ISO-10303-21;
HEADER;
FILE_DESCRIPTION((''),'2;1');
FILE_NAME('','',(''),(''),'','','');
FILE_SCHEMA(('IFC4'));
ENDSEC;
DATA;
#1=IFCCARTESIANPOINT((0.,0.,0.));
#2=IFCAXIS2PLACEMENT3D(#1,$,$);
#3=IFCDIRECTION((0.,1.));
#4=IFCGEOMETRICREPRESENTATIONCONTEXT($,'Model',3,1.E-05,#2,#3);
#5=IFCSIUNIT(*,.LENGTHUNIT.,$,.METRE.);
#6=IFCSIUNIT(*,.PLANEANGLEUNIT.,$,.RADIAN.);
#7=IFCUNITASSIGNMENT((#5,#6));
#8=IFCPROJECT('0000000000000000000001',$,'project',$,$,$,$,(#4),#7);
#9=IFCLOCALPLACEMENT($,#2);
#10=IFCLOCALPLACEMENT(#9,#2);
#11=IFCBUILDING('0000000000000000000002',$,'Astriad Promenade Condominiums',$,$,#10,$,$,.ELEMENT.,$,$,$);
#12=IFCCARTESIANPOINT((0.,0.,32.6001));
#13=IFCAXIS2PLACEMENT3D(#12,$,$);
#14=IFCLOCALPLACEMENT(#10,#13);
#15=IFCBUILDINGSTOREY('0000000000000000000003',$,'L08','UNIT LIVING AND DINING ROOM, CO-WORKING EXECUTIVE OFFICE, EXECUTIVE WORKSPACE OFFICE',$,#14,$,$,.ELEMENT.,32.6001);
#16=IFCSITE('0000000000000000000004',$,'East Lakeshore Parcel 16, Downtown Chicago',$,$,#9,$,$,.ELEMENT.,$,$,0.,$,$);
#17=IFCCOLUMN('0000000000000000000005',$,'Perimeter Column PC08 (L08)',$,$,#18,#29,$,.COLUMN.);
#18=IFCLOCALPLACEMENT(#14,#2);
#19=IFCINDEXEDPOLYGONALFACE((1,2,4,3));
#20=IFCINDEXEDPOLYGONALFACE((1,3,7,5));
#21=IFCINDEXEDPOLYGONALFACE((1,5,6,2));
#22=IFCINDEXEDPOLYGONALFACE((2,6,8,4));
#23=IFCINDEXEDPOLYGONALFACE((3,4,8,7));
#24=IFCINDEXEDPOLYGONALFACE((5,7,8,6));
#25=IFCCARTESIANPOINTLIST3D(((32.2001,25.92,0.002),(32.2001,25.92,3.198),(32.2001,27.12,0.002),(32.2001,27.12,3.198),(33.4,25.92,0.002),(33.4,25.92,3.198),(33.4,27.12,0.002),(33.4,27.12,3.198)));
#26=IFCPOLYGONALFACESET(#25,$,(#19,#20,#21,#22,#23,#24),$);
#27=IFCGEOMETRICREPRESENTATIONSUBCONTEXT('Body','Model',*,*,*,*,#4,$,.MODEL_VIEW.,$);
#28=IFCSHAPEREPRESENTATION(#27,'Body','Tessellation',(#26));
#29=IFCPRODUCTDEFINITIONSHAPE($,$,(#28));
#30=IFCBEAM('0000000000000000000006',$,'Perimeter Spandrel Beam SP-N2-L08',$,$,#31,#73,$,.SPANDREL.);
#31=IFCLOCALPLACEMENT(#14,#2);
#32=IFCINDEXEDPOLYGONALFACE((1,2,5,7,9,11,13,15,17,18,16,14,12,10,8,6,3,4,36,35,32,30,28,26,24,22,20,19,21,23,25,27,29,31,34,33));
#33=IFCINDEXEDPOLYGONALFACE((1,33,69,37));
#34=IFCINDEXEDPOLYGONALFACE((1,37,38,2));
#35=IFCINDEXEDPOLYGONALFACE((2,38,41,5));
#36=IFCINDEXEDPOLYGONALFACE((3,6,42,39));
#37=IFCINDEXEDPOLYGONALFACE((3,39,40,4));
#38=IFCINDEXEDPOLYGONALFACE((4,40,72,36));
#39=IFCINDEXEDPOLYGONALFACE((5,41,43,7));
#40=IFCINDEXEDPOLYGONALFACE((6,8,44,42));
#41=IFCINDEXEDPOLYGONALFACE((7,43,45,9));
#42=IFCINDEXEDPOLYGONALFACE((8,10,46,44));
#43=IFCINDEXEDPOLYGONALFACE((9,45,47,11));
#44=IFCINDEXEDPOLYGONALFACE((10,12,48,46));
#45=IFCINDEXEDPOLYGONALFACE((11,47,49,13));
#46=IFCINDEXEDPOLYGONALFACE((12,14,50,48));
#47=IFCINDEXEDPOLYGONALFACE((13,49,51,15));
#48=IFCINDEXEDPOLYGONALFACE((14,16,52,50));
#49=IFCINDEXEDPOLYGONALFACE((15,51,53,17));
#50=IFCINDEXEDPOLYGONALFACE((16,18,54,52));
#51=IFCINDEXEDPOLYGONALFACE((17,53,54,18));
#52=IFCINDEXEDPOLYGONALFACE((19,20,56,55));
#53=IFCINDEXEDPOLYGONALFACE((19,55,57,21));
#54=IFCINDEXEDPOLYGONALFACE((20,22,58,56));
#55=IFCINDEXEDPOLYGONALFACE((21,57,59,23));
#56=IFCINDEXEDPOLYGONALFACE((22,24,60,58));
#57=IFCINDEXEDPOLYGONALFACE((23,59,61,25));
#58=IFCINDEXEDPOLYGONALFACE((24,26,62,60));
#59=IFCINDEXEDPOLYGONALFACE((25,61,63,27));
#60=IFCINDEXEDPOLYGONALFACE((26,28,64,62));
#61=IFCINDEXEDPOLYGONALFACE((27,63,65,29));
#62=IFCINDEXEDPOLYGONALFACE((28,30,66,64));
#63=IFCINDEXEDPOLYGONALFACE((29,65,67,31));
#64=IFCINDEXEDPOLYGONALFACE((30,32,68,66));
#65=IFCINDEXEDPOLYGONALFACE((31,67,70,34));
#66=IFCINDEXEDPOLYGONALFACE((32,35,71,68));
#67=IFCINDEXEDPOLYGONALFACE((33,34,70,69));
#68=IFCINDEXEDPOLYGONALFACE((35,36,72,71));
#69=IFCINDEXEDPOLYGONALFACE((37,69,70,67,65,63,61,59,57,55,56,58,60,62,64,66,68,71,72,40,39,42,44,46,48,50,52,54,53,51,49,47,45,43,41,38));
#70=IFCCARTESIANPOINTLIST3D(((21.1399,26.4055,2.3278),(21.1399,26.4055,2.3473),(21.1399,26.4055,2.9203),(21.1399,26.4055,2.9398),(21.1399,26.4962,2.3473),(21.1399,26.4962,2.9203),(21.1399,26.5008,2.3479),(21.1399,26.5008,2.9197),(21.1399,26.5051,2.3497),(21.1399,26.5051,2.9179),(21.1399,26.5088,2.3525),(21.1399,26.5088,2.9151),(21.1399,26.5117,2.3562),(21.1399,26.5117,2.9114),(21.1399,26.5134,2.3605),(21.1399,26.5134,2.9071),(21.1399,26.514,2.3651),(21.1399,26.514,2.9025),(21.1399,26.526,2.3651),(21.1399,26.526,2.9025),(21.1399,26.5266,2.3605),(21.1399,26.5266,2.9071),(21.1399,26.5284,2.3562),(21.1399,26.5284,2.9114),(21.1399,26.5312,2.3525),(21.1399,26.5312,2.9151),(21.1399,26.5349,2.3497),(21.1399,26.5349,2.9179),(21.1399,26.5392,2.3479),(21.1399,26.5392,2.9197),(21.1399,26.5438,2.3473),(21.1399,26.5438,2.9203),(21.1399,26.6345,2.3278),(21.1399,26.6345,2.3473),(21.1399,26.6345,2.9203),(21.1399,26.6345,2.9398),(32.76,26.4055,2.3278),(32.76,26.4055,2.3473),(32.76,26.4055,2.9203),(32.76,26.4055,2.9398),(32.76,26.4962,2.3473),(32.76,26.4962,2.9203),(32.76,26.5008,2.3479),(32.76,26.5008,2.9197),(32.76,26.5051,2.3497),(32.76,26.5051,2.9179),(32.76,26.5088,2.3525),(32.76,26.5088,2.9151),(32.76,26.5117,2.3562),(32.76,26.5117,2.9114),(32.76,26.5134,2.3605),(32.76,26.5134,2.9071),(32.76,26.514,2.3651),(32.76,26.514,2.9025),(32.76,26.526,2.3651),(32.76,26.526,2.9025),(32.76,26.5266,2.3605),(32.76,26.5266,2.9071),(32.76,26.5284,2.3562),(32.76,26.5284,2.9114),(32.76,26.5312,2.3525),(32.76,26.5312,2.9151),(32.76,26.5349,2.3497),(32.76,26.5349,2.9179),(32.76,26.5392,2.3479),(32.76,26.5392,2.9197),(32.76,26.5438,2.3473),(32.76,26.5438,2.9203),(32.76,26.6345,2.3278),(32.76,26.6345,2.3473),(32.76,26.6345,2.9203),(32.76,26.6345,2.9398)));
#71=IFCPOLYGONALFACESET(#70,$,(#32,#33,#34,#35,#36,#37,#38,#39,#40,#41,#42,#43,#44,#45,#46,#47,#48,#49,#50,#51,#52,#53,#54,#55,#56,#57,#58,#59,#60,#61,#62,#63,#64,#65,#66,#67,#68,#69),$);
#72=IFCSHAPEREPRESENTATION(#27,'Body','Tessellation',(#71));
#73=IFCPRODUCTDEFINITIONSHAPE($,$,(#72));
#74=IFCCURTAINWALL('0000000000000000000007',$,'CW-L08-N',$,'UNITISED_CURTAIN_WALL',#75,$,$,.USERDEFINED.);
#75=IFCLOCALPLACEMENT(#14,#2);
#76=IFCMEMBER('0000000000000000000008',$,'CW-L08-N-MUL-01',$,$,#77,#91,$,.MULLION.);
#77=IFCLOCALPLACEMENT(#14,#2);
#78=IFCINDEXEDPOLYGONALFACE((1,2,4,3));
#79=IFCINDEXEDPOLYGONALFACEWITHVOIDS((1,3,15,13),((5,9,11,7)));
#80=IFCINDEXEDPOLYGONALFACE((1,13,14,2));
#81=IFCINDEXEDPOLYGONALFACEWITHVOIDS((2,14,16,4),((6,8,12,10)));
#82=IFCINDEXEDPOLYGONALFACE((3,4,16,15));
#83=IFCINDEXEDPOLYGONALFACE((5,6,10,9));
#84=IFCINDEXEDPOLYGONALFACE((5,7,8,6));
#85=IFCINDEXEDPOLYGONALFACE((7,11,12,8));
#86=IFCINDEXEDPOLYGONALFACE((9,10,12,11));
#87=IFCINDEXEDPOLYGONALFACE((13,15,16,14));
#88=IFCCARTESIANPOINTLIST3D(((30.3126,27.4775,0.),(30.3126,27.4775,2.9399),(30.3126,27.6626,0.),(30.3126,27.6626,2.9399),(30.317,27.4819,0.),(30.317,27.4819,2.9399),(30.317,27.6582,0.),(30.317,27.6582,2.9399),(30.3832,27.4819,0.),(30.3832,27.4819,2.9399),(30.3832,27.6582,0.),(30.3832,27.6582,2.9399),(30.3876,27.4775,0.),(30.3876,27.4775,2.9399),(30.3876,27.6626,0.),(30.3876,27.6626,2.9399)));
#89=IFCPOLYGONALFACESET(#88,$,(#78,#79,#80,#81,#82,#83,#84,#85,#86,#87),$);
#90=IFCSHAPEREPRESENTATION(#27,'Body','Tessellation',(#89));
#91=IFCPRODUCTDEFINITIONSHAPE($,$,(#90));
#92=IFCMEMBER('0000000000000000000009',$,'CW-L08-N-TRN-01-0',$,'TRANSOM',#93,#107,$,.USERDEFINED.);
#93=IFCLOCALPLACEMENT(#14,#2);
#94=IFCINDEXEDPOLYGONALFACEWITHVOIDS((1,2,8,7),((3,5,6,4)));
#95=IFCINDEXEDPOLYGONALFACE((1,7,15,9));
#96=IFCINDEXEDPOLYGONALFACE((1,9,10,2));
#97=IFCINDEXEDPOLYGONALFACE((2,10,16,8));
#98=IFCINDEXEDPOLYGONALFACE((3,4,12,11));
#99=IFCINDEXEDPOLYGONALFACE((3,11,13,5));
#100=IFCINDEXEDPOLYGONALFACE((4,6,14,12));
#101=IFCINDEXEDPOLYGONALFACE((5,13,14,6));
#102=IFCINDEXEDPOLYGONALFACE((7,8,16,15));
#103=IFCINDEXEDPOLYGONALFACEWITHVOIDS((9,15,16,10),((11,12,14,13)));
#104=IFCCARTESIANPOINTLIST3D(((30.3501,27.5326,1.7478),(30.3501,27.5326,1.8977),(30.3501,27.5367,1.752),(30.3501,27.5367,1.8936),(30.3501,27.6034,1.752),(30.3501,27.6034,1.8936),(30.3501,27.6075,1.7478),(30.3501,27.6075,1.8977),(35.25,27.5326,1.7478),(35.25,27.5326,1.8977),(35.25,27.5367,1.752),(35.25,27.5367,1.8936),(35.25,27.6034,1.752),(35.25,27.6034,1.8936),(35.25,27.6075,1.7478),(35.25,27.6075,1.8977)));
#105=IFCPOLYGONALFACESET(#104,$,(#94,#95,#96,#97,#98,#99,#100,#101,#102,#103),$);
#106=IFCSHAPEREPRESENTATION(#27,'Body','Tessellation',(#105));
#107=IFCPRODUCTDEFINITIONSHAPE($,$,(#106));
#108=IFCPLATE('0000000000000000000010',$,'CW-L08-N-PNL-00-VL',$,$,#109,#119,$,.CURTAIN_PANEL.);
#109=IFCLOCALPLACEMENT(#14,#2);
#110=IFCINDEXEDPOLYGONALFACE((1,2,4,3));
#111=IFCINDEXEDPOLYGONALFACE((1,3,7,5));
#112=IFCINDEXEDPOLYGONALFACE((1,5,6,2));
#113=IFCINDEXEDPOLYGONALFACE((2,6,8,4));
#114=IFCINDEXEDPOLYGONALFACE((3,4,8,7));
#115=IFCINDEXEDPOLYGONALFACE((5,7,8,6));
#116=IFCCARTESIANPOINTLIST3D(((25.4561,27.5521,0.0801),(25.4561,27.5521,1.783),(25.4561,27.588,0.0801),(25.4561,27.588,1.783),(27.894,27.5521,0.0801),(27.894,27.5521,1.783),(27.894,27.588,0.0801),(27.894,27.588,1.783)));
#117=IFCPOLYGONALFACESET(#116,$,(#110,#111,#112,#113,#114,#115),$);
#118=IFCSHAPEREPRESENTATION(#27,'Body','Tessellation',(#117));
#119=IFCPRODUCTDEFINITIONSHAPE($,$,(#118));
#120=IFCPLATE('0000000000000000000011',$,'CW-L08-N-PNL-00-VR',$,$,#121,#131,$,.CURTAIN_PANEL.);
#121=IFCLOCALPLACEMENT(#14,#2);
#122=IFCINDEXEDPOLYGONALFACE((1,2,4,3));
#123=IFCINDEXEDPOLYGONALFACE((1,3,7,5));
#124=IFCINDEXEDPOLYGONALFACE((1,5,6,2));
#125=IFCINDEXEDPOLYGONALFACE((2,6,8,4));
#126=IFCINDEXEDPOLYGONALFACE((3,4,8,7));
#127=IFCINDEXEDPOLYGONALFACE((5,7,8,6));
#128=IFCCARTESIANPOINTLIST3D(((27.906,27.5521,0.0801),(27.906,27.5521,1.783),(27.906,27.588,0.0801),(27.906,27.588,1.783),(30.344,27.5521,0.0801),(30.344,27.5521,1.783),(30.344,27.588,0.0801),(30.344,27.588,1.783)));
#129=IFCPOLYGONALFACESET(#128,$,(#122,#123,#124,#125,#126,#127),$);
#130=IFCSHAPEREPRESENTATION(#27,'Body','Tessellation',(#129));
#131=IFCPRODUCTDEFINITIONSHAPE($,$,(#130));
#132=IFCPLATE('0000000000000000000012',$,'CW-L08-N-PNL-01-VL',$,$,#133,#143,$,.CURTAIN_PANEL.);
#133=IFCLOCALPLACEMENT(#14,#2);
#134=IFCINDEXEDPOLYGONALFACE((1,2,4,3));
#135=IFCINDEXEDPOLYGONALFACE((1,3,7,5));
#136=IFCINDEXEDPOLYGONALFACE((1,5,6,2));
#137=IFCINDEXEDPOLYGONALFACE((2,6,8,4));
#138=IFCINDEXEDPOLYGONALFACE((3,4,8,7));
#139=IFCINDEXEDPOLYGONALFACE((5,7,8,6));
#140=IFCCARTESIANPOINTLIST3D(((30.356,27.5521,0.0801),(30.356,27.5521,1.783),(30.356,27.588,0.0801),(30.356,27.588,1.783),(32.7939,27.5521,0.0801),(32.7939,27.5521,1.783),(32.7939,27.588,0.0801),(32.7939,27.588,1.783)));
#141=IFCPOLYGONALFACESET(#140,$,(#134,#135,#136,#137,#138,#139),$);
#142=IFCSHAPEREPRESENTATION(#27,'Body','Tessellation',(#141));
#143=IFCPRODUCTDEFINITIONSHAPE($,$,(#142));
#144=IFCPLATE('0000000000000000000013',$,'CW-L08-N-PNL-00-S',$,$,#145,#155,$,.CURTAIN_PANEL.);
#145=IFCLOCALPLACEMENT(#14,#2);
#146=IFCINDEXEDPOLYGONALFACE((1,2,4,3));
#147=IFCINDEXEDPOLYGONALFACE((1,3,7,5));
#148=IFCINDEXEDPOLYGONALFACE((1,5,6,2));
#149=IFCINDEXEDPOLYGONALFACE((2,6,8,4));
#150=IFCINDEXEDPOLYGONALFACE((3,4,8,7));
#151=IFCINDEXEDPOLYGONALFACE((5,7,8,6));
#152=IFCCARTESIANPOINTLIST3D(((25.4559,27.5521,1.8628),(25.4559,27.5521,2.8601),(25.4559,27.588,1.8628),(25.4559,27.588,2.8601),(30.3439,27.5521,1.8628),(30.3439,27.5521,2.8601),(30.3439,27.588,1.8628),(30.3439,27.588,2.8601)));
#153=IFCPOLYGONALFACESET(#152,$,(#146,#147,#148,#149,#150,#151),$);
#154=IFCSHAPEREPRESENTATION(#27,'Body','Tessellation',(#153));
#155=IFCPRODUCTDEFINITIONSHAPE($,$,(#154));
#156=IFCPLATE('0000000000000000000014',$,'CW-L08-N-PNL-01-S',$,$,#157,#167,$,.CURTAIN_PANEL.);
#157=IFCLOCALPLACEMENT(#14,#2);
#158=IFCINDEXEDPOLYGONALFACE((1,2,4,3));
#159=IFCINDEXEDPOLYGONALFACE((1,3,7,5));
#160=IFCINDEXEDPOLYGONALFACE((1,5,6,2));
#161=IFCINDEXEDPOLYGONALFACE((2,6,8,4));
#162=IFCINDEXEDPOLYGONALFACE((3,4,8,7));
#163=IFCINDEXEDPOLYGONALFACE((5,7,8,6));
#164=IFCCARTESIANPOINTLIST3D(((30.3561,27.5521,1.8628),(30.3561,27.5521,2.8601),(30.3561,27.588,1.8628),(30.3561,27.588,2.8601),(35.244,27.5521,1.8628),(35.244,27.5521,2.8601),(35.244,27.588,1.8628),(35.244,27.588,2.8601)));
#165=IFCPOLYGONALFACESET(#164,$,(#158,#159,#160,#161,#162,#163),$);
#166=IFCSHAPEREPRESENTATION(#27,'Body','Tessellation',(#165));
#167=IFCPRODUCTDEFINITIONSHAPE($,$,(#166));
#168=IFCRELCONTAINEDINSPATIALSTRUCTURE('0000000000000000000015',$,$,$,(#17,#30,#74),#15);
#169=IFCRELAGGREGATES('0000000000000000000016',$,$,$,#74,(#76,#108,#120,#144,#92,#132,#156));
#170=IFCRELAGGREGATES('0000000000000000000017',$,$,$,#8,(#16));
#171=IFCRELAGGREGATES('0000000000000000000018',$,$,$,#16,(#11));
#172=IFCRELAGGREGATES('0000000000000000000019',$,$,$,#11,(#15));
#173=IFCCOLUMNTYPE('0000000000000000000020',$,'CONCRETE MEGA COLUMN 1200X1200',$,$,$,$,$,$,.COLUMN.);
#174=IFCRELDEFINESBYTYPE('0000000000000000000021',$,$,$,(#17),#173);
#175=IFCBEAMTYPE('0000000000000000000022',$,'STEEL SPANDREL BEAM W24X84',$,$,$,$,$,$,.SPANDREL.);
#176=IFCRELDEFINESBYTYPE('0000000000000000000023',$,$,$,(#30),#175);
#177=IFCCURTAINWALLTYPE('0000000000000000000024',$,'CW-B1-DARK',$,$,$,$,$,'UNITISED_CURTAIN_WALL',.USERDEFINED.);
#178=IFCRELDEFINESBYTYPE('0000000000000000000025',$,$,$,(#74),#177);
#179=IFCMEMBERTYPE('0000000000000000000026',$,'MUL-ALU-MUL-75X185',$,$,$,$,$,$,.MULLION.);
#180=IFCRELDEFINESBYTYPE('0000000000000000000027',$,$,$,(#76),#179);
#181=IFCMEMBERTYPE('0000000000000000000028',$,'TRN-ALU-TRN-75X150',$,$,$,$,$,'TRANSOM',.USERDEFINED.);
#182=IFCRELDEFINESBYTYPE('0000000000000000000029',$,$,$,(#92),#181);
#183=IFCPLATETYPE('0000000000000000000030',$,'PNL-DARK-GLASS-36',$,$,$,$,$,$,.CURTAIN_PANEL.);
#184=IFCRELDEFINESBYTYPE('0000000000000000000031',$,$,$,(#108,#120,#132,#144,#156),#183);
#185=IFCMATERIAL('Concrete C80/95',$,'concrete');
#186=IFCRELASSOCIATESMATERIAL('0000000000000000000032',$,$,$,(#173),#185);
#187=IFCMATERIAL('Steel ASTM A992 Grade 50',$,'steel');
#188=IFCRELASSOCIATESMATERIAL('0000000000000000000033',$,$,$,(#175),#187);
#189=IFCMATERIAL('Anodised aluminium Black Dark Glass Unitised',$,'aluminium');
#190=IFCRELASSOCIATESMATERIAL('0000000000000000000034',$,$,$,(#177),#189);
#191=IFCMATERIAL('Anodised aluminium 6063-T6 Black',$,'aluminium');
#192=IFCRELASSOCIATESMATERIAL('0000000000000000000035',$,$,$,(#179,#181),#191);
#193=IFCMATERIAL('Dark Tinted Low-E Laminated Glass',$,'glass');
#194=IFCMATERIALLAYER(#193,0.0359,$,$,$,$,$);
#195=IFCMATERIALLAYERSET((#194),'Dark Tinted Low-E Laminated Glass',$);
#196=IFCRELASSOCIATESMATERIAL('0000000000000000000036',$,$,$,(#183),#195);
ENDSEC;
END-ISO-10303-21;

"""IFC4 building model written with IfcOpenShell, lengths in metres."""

from ifc_helpers import new_model, si_unit, direction, frame, origin, origin_2d, place, context, subcontext, project, spatial, rectangle, hollow_rectangle, i_section, extrude, source, transform, mapped, material, layer, layer_set, material_profile, profile_set, type_object, type_shapes, element, aggregate, save


model = new_model("IFC4")

# Units and contexts
model_context = context("Model", 3, precision=1e-05, world=origin(), true_north=direction((0.0, 1.0)))
body_context = subcontext(model_context, "Body", "Model", "MODEL_VIEW")
ifc_project = project(units=[si_unit("LENGTHUNIT", "METRE"), si_unit("PLANEANGLEUNIT", "RADIAN")], contexts=[model_context])

# Site, building, storey
site_placement = place(None, origin())
site = spatial("IfcSite", under=ifc_project, at=site_placement, Name="East Lakeshore Parcel 16, Downtown Chicago", CompositionType="ELEMENT", RefElevation=0.0)
building_placement = place(site_placement, origin())
building = spatial("IfcBuilding", under=site, at=building_placement, Name="Astriad Promenade Condominiums", CompositionType="ELEMENT")
storey_placement = place(building_placement, frame((0.0, 0.0, 32.6001)))
storey = spatial("IfcBuildingStorey", under=building, at=storey_placement, Name="L08", Description="UNIT LIVING AND DINING ROOM, CO-WORKING EXECUTIVE OFFICE, EXECUTIVE WORKSPACE OFFICE", CompositionType="ELEMENT", Elevation=32.6001)

# Column
ifc_material_1 = material(Name="Concrete C80/95", Category="concrete")
ifc_material_profile_1 = material_profile(ifc_material_1, rectangle(XDim=1.2, YDim=1.2, at=origin_2d()), Name="RC-COL-1200X1200")
ifc_profile_set_1 = profile_set([ifc_material_profile_1], Name="Concrete C80/95")
column_type = type_object("IfcColumnType", Name="CONCRETE MEGA COLUMN 1200X1200", PredefinedType="COLUMN", material=ifc_profile_set_1)
shared_shape_1 = source(origin(), body_context, "Body", "SweptSolid", [
    extrude(rectangle(XDim=1.2, YDim=1.2, at=origin_2d()), origin(), (0.0, 0.0, 1.0), 3.196),
])
type_shapes(column_type, [shared_shape_1])
column_placement = place(storey_placement, frame((32.8, 26.52, 0.002), z_axis=(0.0, 0.0, 1.0), x_axis=(1.0, 0.0, 0.0)))
element("IfcColumn", 1, at=column_placement, inside=storey, type_object=column_type, Name="Perimeter Column PC08 (L08)", PredefinedType="COLUMN", context=body_context, shape_type="MappedRepresentation", body=[
    mapped(shared_shape_1, transform((0.0, 0.0, 0.0), scale=1.0)),
])

# Beam
ifc_material_2 = material(Name="Steel ASTM A992 Grade 50", Category="steel")
ifc_material_profile_2 = material_profile(ifc_material_2, i_section(OverallWidth=0.229, OverallDepth=0.6121, WebThickness=0.012, FlangeThickness=0.0195, FilletRadius=0.0178, at=origin_2d()), Name="W24X84")
ifc_profile_set_2 = profile_set([ifc_material_profile_2], Name="Steel ASTM A992 Grade 50")
beam_type = type_object("IfcBeamType", Name="STEEL SPANDREL BEAM W24X84", PredefinedType="SPANDREL", material=ifc_profile_set_2)
shared_shape_2 = source(origin(), body_context, "Body", "SweptSolid", [
    extrude(i_section(OverallWidth=0.229, OverallDepth=0.6121, WebThickness=0.012, FlangeThickness=0.0195, FilletRadius=0.0178, at=origin_2d()), origin(), (0.0, 0.0, 1.0), 11.6201),
])
type_shapes(beam_type, [shared_shape_2])
beam_placement = place(storey_placement, frame((32.76, 26.52, 2.6338), z_axis=(-1.0, 0.0, 0.0), x_axis=(0.0, -1.0, 0.0)))
element("IfcBeam", 2, at=beam_placement, inside=storey, type_object=beam_type, Name="Perimeter Spandrel Beam SP-N2-L08", PredefinedType="SPANDREL", context=body_context, shape_type="MappedRepresentation", body=[
    mapped(shared_shape_2, transform((0.0, 0.0, 0.0), scale=1.0)),
])

# Curtain wall, members, plates
ifc_material_3 = material(Name="Anodised aluminium Black Dark Glass Unitised", Category="aluminium")
curtain_wall_type = type_object("IfcCurtainWallType", Name="CW-B1-DARK", ElementType="UNITISED_CURTAIN_WALL", PredefinedType="USERDEFINED", material=ifc_material_3)
curtain_wall_placement = place(storey_placement, origin())
curtain_wall = element("IfcCurtainWall", 3, at=curtain_wall_placement, inside=storey, type_object=curtain_wall_type, Name="CW-L08-N", ObjectType="UNITISED_CURTAIN_WALL", PredefinedType="USERDEFINED")
ifc_material_4 = material(Name="Anodised aluminium 6063-T6 Black", Category="aluminium")
ifc_material_profile_3 = material_profile(ifc_material_4, hollow_rectangle(XDim=0.075, YDim=0.1851, WallThickness=0.0044, at=origin_2d()), Name="ALU-MUL-75X185")
ifc_profile_set_3 = profile_set([ifc_material_profile_3], Name="Anodised aluminium 6063-T6 Black")
member_type_1 = type_object("IfcMemberType", Name="MUL-ALU-MUL-75X185", PredefinedType="MULLION", material=ifc_profile_set_3)
shared_shape_3 = source(origin(), body_context, "Body", "SweptSolid", [
    extrude(hollow_rectangle(XDim=0.075, YDim=0.1851, WallThickness=0.0044, at=origin_2d()), origin(), (0.0, 0.0, 1.0), 2.9399),
])
type_shapes(member_type_1, [shared_shape_3])
member_1_placement = place(storey_placement, frame((30.3501, 27.5701, 0.0), z_axis=(0.0, 0.0, 1.0), x_axis=(1.0, 0.0, 0.0)))
member_1 = element("IfcMember", 4, at=member_1_placement, type_object=member_type_1, Name="CW-L08-N-MUL-01", PredefinedType="MULLION", context=body_context, shape_type="MappedRepresentation", body=[
    mapped(shared_shape_3, transform((0.0, 0.0, 0.0), scale=1.0)),
])
ifc_material_profile_4 = material_profile(ifc_material_4, hollow_rectangle(XDim=0.075, YDim=0.1499, WallThickness=0.0042, at=origin_2d()), Name="ALU-TRN-75X150")
ifc_profile_set_4 = profile_set([ifc_material_profile_4], Name="Anodised aluminium 6063-T6 Black")
member_type_2 = type_object("IfcMemberType", Name="TRN-ALU-TRN-75X150", ElementType="TRANSOM", PredefinedType="USERDEFINED", material=ifc_profile_set_4)
shared_shape_4 = source(origin(), body_context, "Body", "SweptSolid", [
    extrude(hollow_rectangle(XDim=0.075, YDim=0.1499, WallThickness=0.0042, at=origin_2d()), origin(), (0.0, 0.0, 1.0), 4.8999),
])
type_shapes(member_type_2, [shared_shape_4])
member_2_placement = place(storey_placement, frame((30.3501, 27.5701, 1.8228), z_axis=(1.0, 0.0, 0.0), x_axis=(0.0, 1.0, 0.0)))
member_2 = element("IfcMember", 5, at=member_2_placement, type_object=member_type_2, Name="CW-L08-N-TRN-01-0", ObjectType="TRANSOM", PredefinedType="USERDEFINED", context=body_context, shape_type="MappedRepresentation", body=[
    mapped(shared_shape_4, transform((0.0, 0.0, 0.0), scale=1.0)),
])
ifc_material_5 = material(Name="Dark Tinted Low-E Laminated Glass", Category="glass")
ifc_layer_1 = layer(ifc_material_5, 0.0359)
ifc_layer_set_1 = layer_set([ifc_layer_1], Name="Dark Tinted Low-E Laminated Glass")
plate_type = type_object("IfcPlateType", Name="PNL-DARK-GLASS-36", PredefinedType="CURTAIN_PANEL", material=ifc_layer_set_1)
shared_shape_5 = source(origin(), body_context, "Body", "SweptSolid", [
    extrude(rectangle(XDim=2.438, YDim=0.0359, at=origin_2d()), origin(), (0.0, 0.0, 1.0), 1.7029),
])
plate_1_placement = place(storey_placement, frame((26.675, 27.5701, 0.0801), z_axis=(0.0, 0.0, 1.0), x_axis=(1.0, 0.0, 0.0)))
plate_1 = element("IfcPlate", 6, at=plate_1_placement, type_object=plate_type, Name="CW-L08-N-PNL-00-VL", PredefinedType="CURTAIN_PANEL", context=body_context, shape_type="MappedRepresentation", body=[
    mapped(shared_shape_5, transform((0.0, 0.0, 0.0), scale=1.0)),
])
plate_2_placement = place(storey_placement, frame((29.125, 27.5701, 0.0801), z_axis=(0.0, 0.0, 1.0), x_axis=(1.0, 0.0, 0.0)))
plate_2 = element("IfcPlate", 7, at=plate_2_placement, type_object=plate_type, Name="CW-L08-N-PNL-00-VR", PredefinedType="CURTAIN_PANEL", context=body_context, shape_type="MappedRepresentation", body=[
    mapped(shared_shape_5, transform((0.0, 0.0, 0.0), scale=1.0)),
])
plate_3_placement = place(storey_placement, frame((31.575, 27.5701, 0.0801), z_axis=(0.0, 0.0, 1.0), x_axis=(1.0, 0.0, 0.0)))
plate_3 = element("IfcPlate", 8, at=plate_3_placement, type_object=plate_type, Name="CW-L08-N-PNL-01-VL", PredefinedType="CURTAIN_PANEL", context=body_context, shape_type="MappedRepresentation", body=[
    mapped(shared_shape_5, transform((0.0, 0.0, 0.0), scale=1.0)),
])
shared_shape_6 = source(origin(), body_context, "Body", "SweptSolid", [
    extrude(rectangle(XDim=4.8879, YDim=0.0359, at=origin_2d()), origin(), (0.0, 0.0, 1.0), 0.9973),
])
type_shapes(plate_type, [shared_shape_5, shared_shape_6])
plate_4_placement = place(storey_placement, frame((27.8999, 27.5701, 1.8628), z_axis=(0.0, 0.0, 1.0), x_axis=(1.0, 0.0, 0.0)))
plate_4 = element("IfcPlate", 9, at=plate_4_placement, type_object=plate_type, Name="CW-L08-N-PNL-00-S", PredefinedType="CURTAIN_PANEL", context=body_context, shape_type="MappedRepresentation", body=[
    mapped(shared_shape_6, transform((0.0, 0.0, 0.0), scale=1.0)),
])
plate_5_placement = place(storey_placement, frame((32.8, 27.5701, 1.8628), z_axis=(0.0, 0.0, 1.0), x_axis=(1.0, 0.0, 0.0)))
plate_5 = element("IfcPlate", 10, at=plate_5_placement, type_object=plate_type, Name="CW-L08-N-PNL-01-S", PredefinedType="CURTAIN_PANEL", context=body_context, shape_type="MappedRepresentation", body=[
    mapped(shared_shape_6, transform((0.0, 0.0, 0.0), scale=1.0)),
])
aggregate(curtain_wall, [member_1, plate_1, plate_2, plate_4, member_2, plate_3, plate_5])

save(model, "model.ifc")
